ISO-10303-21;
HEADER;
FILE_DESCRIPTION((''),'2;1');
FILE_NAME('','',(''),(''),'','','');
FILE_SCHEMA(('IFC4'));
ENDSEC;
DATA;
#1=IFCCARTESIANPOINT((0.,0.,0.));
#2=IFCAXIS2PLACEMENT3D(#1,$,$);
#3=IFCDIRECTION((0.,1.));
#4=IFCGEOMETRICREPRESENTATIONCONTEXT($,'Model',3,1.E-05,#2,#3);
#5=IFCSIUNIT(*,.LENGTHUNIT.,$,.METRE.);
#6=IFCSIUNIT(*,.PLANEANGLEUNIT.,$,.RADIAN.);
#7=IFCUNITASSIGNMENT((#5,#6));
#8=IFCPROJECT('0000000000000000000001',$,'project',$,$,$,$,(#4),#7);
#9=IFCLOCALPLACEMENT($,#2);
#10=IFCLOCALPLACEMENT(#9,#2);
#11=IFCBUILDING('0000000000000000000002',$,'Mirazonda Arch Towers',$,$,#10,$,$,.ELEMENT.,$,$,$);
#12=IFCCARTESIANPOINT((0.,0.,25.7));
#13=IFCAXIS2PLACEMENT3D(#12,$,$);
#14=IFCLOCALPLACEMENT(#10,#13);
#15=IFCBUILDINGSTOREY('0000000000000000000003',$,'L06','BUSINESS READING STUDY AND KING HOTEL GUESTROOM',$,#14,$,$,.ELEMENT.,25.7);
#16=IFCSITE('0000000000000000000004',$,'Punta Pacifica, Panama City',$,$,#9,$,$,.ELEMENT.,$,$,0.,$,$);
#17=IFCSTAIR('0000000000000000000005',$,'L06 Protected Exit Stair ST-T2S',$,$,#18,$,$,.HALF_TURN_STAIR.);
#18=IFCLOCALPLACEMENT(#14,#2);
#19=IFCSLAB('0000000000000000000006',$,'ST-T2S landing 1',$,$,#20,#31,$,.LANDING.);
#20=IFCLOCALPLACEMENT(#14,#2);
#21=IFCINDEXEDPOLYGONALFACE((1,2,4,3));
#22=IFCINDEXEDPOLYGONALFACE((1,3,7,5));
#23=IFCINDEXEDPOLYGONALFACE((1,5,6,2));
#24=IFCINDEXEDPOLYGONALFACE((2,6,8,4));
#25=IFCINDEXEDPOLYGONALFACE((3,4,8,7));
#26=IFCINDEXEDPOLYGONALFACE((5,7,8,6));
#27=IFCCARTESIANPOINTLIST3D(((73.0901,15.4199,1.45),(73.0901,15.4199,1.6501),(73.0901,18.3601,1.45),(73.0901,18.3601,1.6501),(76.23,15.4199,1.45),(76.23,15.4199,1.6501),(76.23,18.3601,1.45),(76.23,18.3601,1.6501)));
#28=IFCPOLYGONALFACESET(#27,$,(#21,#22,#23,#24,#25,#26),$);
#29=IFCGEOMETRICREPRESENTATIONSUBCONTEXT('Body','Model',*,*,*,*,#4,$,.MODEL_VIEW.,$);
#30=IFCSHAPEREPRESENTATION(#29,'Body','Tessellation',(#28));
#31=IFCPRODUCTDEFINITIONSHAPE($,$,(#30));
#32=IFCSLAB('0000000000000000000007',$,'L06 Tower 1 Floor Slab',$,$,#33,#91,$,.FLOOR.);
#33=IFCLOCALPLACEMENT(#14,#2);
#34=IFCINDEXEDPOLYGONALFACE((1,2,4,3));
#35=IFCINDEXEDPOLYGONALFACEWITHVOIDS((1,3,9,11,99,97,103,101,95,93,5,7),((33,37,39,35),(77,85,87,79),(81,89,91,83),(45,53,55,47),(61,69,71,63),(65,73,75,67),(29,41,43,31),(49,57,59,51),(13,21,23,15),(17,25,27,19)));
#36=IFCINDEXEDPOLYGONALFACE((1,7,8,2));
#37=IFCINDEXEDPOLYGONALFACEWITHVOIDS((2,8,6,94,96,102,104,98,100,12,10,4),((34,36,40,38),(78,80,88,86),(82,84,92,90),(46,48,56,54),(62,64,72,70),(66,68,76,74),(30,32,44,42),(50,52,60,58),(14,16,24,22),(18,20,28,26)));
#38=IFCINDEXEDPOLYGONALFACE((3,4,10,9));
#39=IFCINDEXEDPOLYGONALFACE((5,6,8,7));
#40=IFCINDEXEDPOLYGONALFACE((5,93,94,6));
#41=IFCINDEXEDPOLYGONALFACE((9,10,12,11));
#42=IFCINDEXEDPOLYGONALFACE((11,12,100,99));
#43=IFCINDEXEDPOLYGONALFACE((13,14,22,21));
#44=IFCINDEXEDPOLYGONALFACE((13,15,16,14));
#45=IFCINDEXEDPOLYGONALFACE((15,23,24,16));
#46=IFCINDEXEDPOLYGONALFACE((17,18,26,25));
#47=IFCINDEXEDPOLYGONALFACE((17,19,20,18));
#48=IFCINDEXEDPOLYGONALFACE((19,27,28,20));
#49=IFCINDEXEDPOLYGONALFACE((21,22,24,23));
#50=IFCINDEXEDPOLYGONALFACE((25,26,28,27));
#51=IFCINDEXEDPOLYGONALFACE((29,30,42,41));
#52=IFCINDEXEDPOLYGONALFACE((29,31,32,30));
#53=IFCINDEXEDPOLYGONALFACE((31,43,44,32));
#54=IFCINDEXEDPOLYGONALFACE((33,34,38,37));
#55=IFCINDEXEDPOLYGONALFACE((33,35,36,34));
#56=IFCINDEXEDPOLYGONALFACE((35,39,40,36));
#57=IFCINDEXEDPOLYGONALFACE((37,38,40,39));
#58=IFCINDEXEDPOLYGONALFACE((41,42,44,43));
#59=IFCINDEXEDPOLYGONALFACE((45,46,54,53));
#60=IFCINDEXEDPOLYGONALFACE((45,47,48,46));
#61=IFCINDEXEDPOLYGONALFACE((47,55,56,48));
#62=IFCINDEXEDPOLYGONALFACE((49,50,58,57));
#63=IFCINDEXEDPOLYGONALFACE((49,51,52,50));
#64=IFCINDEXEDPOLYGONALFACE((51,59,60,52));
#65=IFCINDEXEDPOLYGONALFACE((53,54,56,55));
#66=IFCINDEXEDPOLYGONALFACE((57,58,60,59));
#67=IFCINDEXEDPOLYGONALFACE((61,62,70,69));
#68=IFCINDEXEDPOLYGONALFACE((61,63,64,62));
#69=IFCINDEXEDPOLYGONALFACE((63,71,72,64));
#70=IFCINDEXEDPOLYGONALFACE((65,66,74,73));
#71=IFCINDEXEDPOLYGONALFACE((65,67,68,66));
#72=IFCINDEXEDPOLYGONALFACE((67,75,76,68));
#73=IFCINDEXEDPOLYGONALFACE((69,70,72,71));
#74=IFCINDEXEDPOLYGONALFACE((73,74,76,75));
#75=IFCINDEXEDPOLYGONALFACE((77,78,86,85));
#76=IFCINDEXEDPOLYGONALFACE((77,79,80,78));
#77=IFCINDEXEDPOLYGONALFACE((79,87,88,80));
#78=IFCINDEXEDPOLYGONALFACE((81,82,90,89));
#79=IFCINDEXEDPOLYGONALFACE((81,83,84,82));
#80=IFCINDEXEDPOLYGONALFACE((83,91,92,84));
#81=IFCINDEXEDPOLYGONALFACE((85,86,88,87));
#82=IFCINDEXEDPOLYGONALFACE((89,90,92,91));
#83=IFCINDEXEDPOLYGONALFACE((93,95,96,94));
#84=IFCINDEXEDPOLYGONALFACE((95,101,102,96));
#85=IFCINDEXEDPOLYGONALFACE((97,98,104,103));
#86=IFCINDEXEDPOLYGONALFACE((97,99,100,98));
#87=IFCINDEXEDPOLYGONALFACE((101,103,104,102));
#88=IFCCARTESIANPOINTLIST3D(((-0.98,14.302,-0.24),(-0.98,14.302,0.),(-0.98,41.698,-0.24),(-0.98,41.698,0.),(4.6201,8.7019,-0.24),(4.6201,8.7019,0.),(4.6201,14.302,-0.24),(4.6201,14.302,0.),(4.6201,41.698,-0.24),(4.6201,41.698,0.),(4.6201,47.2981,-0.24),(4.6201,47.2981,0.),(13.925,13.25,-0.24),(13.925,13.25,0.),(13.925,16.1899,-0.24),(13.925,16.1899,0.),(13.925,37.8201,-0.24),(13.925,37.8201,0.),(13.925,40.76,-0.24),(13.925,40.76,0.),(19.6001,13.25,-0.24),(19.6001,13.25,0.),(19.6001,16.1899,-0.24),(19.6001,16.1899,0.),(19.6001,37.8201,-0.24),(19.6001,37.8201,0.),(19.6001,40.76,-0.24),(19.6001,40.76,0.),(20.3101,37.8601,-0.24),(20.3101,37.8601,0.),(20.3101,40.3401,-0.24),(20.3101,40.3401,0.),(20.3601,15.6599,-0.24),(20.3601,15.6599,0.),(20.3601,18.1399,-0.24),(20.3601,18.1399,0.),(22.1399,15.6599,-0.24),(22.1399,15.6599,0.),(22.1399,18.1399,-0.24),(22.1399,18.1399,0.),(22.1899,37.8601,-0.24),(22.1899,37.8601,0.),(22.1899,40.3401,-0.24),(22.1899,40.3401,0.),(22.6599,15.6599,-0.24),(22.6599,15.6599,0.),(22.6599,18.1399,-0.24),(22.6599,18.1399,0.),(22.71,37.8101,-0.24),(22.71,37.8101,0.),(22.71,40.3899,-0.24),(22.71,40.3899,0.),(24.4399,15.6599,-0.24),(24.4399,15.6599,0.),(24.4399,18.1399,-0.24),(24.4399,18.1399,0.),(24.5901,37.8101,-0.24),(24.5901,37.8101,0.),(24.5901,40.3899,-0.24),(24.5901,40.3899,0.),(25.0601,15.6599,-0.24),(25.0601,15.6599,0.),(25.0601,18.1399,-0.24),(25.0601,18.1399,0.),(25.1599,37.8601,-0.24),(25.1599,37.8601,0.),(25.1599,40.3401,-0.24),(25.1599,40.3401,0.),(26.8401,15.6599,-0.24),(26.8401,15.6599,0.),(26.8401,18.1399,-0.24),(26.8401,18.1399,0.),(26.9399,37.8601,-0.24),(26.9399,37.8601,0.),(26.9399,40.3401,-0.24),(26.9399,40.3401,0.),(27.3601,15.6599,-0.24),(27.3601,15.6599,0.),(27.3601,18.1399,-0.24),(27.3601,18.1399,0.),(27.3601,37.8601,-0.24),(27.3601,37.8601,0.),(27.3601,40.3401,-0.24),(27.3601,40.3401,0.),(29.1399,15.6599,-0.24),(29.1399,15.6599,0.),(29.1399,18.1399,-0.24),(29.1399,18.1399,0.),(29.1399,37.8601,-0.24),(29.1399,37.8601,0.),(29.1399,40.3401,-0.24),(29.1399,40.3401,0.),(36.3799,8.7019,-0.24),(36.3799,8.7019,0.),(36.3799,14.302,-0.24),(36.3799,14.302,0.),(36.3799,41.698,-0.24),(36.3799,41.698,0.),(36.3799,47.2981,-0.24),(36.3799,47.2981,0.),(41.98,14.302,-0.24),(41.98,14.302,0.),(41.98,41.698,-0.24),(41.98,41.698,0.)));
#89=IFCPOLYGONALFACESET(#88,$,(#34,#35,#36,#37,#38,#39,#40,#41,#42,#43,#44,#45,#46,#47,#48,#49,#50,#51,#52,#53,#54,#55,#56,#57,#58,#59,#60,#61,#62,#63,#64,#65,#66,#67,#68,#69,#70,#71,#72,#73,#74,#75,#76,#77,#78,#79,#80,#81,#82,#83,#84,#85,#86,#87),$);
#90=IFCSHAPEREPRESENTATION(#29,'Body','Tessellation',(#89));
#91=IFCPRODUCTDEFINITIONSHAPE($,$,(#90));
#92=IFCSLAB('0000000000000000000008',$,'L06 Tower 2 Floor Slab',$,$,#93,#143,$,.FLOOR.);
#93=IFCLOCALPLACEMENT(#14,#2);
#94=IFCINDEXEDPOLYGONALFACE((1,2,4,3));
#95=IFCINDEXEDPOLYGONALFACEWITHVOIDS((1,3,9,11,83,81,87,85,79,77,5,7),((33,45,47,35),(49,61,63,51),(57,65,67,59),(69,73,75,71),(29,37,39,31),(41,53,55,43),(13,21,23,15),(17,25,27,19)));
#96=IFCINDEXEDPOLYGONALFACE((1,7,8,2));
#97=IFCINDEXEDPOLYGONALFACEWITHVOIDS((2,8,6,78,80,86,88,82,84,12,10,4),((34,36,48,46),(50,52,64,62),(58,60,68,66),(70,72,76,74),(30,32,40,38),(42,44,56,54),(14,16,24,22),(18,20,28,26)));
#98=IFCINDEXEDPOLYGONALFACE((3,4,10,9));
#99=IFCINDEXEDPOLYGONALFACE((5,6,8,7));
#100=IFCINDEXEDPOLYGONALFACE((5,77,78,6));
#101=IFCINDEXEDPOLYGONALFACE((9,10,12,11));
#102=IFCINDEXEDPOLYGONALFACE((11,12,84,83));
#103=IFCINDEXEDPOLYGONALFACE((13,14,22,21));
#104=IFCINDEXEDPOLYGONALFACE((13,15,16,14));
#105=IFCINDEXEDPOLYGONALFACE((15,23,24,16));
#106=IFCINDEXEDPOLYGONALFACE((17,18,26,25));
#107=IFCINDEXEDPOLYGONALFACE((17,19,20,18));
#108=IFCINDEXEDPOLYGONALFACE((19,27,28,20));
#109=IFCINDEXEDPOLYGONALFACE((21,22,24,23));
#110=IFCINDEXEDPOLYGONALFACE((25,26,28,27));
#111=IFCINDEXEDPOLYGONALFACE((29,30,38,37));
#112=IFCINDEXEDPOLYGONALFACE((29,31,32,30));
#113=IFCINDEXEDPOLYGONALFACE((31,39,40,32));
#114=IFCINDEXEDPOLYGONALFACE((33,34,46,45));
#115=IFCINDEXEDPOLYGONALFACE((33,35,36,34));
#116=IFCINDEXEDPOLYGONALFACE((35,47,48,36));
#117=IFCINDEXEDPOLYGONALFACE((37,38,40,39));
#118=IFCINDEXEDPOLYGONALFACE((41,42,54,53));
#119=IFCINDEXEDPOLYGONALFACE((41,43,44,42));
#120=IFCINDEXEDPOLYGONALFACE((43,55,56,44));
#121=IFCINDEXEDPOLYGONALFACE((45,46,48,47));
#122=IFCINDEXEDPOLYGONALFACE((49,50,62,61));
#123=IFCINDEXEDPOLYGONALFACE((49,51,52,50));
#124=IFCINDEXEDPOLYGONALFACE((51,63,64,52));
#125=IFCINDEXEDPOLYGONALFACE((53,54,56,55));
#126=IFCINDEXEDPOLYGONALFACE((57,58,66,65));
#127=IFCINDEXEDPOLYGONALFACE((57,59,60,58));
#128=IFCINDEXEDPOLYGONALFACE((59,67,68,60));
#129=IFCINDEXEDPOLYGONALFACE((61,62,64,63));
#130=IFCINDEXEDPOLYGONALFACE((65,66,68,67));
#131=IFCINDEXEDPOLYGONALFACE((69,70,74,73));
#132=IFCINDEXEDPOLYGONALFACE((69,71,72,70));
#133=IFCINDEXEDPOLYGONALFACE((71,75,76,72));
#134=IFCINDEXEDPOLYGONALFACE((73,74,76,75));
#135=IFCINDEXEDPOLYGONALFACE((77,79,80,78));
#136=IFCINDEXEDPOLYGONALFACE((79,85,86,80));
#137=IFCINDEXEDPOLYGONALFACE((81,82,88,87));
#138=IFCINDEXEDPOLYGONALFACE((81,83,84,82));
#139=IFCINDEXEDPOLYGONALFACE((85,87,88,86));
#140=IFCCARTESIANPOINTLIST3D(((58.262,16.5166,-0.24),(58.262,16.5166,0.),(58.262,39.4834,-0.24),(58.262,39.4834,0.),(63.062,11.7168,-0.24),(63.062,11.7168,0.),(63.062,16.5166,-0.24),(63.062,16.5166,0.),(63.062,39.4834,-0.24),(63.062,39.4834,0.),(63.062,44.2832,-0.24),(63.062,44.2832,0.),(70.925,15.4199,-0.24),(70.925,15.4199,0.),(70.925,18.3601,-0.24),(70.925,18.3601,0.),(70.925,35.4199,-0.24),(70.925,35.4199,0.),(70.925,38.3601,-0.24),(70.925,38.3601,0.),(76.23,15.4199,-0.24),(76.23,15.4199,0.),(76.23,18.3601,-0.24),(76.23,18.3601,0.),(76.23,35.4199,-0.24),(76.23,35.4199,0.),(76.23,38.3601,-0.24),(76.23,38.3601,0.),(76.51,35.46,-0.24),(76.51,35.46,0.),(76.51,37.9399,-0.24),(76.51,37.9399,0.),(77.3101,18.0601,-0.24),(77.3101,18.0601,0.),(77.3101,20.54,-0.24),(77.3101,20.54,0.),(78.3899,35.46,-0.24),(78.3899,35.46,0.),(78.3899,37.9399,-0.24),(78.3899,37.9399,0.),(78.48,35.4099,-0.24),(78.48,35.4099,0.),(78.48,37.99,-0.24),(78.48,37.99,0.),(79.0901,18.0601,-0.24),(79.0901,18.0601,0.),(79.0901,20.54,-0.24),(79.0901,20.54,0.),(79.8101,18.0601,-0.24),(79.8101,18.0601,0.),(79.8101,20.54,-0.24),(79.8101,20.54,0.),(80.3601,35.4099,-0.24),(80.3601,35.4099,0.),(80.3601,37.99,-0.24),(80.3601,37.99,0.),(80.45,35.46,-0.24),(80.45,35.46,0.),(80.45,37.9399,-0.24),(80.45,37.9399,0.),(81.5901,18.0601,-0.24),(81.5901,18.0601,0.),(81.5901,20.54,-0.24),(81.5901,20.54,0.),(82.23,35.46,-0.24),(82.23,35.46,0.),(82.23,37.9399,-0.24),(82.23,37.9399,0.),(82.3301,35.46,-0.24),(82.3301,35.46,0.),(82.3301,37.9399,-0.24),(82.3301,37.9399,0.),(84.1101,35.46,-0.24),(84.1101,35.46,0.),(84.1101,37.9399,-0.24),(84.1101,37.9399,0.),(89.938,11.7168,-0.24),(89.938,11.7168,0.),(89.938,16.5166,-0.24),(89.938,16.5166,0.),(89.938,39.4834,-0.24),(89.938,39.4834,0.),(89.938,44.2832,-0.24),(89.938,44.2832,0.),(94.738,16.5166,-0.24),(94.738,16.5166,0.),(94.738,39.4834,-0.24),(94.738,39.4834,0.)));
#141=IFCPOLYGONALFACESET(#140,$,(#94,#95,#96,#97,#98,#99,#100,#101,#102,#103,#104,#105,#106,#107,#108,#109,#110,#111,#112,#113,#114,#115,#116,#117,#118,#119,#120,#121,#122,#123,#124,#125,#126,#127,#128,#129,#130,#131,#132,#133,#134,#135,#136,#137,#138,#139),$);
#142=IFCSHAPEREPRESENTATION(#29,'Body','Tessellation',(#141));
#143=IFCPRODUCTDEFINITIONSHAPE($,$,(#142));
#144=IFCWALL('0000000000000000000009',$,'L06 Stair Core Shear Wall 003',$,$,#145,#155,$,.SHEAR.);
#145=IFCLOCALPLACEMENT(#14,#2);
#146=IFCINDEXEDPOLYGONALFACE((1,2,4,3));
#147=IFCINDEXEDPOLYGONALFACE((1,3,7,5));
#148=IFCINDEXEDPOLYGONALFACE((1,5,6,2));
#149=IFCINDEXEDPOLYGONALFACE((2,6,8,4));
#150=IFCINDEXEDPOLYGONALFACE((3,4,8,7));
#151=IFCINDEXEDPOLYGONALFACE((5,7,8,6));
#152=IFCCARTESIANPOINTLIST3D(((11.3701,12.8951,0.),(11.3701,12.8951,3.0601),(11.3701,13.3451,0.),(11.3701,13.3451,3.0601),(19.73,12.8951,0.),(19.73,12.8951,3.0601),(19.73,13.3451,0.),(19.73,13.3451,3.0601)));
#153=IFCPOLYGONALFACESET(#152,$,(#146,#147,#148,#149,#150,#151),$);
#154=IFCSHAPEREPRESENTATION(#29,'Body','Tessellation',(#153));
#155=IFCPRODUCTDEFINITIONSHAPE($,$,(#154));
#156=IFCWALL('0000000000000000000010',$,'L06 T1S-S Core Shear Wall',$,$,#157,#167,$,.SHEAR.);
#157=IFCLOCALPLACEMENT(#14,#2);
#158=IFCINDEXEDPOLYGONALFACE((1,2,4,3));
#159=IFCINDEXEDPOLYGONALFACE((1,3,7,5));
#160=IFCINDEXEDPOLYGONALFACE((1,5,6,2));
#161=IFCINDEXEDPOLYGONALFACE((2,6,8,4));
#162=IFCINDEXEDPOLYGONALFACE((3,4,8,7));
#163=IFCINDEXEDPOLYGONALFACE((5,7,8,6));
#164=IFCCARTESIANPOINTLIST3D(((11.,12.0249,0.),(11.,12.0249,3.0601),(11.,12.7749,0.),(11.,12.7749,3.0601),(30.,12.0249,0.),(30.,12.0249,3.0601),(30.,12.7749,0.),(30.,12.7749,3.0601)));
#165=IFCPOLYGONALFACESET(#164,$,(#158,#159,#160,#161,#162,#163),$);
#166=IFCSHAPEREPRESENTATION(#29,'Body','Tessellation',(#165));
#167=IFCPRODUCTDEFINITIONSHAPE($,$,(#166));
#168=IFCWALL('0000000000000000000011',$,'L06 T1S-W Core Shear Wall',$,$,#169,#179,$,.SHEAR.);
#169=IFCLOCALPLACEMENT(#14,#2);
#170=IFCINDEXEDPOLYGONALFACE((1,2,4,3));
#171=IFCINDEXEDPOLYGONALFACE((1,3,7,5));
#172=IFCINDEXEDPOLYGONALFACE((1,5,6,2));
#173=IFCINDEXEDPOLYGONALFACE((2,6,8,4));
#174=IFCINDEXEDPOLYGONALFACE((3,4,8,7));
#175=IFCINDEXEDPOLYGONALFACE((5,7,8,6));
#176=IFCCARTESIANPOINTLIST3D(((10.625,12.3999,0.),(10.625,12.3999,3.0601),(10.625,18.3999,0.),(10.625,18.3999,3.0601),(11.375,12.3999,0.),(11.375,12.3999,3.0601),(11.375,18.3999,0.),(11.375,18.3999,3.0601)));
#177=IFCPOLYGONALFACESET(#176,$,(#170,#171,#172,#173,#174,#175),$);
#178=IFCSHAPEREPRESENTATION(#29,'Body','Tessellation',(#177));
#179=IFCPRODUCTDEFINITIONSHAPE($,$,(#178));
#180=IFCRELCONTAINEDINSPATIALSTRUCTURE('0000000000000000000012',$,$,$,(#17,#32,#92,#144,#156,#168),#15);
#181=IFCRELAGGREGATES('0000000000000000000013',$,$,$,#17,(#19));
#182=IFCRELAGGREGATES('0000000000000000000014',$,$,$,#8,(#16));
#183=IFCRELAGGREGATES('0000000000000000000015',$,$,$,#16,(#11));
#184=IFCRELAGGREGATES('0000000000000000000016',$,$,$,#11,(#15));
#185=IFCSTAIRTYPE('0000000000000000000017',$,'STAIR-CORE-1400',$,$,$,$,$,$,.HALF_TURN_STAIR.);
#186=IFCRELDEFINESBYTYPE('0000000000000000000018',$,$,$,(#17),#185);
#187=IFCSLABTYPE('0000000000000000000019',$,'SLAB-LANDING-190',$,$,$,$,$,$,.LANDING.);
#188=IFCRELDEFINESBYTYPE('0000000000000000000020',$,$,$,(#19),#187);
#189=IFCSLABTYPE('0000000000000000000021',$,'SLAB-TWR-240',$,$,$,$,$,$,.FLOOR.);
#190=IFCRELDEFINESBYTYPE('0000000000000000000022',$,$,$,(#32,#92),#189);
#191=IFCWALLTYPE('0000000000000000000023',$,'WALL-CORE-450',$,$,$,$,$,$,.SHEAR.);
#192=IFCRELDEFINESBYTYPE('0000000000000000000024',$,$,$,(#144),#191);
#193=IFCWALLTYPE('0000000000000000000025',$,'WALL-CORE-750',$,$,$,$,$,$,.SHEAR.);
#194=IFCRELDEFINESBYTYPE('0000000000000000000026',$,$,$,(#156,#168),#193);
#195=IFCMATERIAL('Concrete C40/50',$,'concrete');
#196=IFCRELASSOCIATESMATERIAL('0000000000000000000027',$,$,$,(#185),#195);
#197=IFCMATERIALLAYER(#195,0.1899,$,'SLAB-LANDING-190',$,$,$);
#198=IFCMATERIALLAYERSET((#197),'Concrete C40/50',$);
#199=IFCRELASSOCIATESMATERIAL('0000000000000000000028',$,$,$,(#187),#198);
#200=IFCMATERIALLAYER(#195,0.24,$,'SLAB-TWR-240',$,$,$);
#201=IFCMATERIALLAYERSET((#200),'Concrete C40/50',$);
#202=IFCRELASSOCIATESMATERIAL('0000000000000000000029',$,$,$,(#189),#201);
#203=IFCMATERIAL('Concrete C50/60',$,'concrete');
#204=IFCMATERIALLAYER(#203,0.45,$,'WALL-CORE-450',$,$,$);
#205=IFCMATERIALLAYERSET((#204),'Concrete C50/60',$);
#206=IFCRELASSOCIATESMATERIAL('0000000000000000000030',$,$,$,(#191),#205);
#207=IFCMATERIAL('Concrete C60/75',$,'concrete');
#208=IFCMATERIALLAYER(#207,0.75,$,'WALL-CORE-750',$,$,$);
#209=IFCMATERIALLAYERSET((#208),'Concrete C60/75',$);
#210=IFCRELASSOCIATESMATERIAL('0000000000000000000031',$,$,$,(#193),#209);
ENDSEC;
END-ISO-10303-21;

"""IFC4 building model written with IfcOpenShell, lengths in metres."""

from ifc_helpers import new_model, si_unit, direction, frame, frame_2d, origin, place, context, subcontext, project, spatial, polyline, rectangle, outline, extrude, material, layer, layer_set, type_object, element, aggregate, save


model = new_model("IFC4")

# Units and contexts
model_context = context("Model", 3, precision=1e-05, world=origin(), true_north=direction((0.0, 1.0)))
body_context = subcontext(model_context, "Body", "Model", "MODEL_VIEW")
ifc_project = project(units=[si_unit("LENGTHUNIT", "METRE"), si_unit("PLANEANGLEUNIT", "RADIAN")], contexts=[model_context])

# Site, building, storey
site_placement = place(None, origin())
site = spatial("IfcSite", under=ifc_project, at=site_placement, Name="Punta Pacifica, Panama City", CompositionType="ELEMENT", RefElevation=0.0)
building_placement = place(site_placement, origin())
building = spatial("IfcBuilding", under=site, at=building_placement, Name="Mirazonda Arch Towers", CompositionType="ELEMENT")
storey_placement = place(building_placement, frame((0.0, 0.0, 25.7)))
storey = spatial("IfcBuildingStorey", under=building, at=storey_placement, Name="L06", Description="BUSINESS READING STUDY AND KING HOTEL GUESTROOM", CompositionType="ELEMENT", Elevation=25.7)

# Shared definitions
ifc_material_1 = material(Name="Concrete C60/75", Category="concrete")

# Stair, slab
ifc_material_2 = material(Name="Concrete C40/50", Category="concrete")
stair_type = type_object("IfcStairType", Name="STAIR-CORE-1400", PredefinedType="HALF_TURN_STAIR", material=ifc_material_2)
ifc_layer_1 = layer(ifc_material_2, 0.1899, Name="SLAB-LANDING-190")
ifc_layer_set_1 = layer_set([ifc_layer_1], Name="Concrete C40/50")
slab_type_1 = type_object("IfcSlabType", Name="SLAB-LANDING-190", PredefinedType="LANDING", material=ifc_layer_set_1)
stair_1_placement = place(storey_placement, origin())
stair_1 = element("IfcStair", 1, at=stair_1_placement, inside=storey, type_object=stair_type, Name="L06 Protected Exit Stair ST-T2S", PredefinedType="HALF_TURN_STAIR")
slab_1_placement = place(storey_placement, frame((0.0, 0.0, 1.45)))
slab_1 = element("IfcSlab", 2, at=slab_1_placement, type_object=slab_type_1, Name="ST-T2S landing 1", PredefinedType="LANDING", context=body_context, shape_type="SweptSolid", body=[
    extrude(outline(polyline([(73.0901, 15.4199), (76.23, 15.4199), (76.23, 18.3601), (73.0901, 18.3601), (73.0901, 15.4199)])), origin(), (0.0, 0.0, 1.0), 0.2002),
])
aggregate(stair_1, [slab_1])

# Slabs
ifc_layer_2 = layer(ifc_material_2, 0.24, Name="SLAB-TWR-240")
ifc_layer_set_2 = layer_set([ifc_layer_2], Name="Concrete C40/50")
slab_type_2 = type_object("IfcSlabType", Name="SLAB-TWR-240", PredefinedType="FLOOR", material=ifc_layer_set_2)
slab_2_placement = place(storey_placement, frame((0.0, 0.0, -0.24)))
element("IfcSlab", 3, at=slab_2_placement, inside=storey, type_object=slab_type_2, Name="L06 Tower 1 Floor Slab", PredefinedType="FLOOR", context=body_context, shape_type="SweptSolid", body=[
    extrude(outline(polyline([(4.6201, 8.7019), (36.3799, 8.7019), (36.3799, 14.302), (41.98, 14.302), (41.98, 41.698), (36.3799, 41.698), (36.3799, 47.2981), (4.6201, 47.2981), (4.6201, 41.698), (-0.98, 41.698), (-0.98, 14.302), (4.6201, 14.302), (4.6201, 8.7019)]), holes=[polyline([(29.1399, 18.1399), (29.1399, 15.6599), (27.3601, 15.6599), (27.3601, 18.1399), (29.1399, 18.1399)]), polyline([(29.1399, 40.3401), (29.1399, 37.8601), (27.3601, 37.8601), (27.3601, 40.3401), (29.1399, 40.3401)]), polyline([(25.1599, 40.3401), (26.9399, 40.3401), (26.9399, 37.8601), (25.1599, 37.8601), (25.1599, 40.3401)]), polyline([(26.8401, 18.1399), (26.8401, 15.6599), (25.0601, 15.6599), (25.0601, 18.1399), (26.8401, 18.1399)]), polyline([(22.71, 40.3899), (24.5901, 40.3899), (24.5901, 37.8101), (22.71, 37.8101), (22.71, 40.3899)]), polyline([(22.6599, 18.1399), (24.4399, 18.1399), (24.4399, 15.6599), (22.6599, 15.6599), (22.6599, 18.1399)]), polyline([(20.3101, 40.3401), (22.1899, 40.3401), (22.1899, 37.8601), (20.3101, 37.8601), (20.3101, 40.3401)]), polyline([(20.3601, 18.1399), (22.1399, 18.1399), (22.1399, 15.6599), (20.3601, 15.6599), (20.3601, 18.1399)]), polyline([(13.925, 40.76), (19.6001, 40.76), (19.6001, 37.8201), (13.925, 37.8201), (13.925, 40.76)]), polyline([(13.925, 13.25), (13.925, 16.1899), (19.6001, 16.1899), (19.6001, 13.25), (13.925, 13.25)])]), origin(), (0.0, 0.0, 1.0), 0.24),
])
slab_3_placement = place(storey_placement, frame((0.0, 0.0, -0.24)))
element("IfcSlab", 4, at=slab_3_placement, inside=storey, type_object=slab_type_2, Name="L06 Tower 2 Floor Slab", PredefinedType="FLOOR", context=body_context, shape_type="SweptSolid", body=[
    extrude(outline(polyline([(63.062, 11.7168), (89.938, 11.7168), (89.938, 16.5166), (94.738, 16.5166), (94.738, 39.4834), (89.938, 39.4834), (89.938, 44.2832), (63.062, 44.2832), (63.062, 39.4834), (58.262, 39.4834), (58.262, 16.5166), (63.062, 16.5166), (63.062, 11.7168)]), holes=[polyline([(82.3301, 37.9399), (84.1101, 37.9399), (84.1101, 35.46), (82.3301, 35.46), (82.3301, 37.9399)]), polyline([(80.45, 37.9399), (82.23, 37.9399), (82.23, 35.46), (80.45, 35.46), (80.45, 37.9399)]), polyline([(79.8101, 20.54), (81.5901, 20.54), (81.5901, 18.0601), (79.8101, 18.0601), (79.8101, 20.54)]), polyline([(78.48, 37.99), (80.3601, 37.99), (80.3601, 35.4099), (78.48, 35.4099), (78.48, 37.99)]), polyline([(77.3101, 20.54), (79.0901, 20.54), (79.0901, 18.0601), (77.3101, 18.0601), (77.3101, 20.54)]), polyline([(76.51, 37.9399), (78.3899, 37.9399), (78.3899, 35.46), (76.51, 35.46), (76.51, 37.9399)]), polyline([(70.925, 15.4199), (70.925, 18.3601), (76.23, 18.3601), (76.23, 15.4199), (70.925, 15.4199)]), polyline([(70.925, 35.4199), (70.925, 38.3601), (76.23, 38.3601), (76.23, 35.4199), (70.925, 35.4199)])]), origin(), (0.0, 0.0, 1.0), 0.24),
])

# Walls
ifc_material_3 = material(Name="Concrete C50/60", Category="concrete")
ifc_layer_3 = layer(ifc_material_3, 0.45, Name="WALL-CORE-450")
ifc_layer_set_3 = layer_set([ifc_layer_3], Name="Concrete C50/60")
wall_type_1 = type_object("IfcWallType", Name="WALL-CORE-450", PredefinedType="SHEAR", material=ifc_layer_set_3)
wall_1_placement = place(storey_placement, frame((11.3701, 13.1201, 0.0), z_axis=(0.0, 0.0, 1.0), x_axis=(1.0, 0.0, 0.0)))
element("IfcWall", 5, at=wall_1_placement, inside=storey, type_object=wall_type_1, Name="L06 Stair Core Shear Wall 003", PredefinedType="SHEAR", context=body_context, shape_type="SweptSolid", body=[
    extrude(rectangle(XDim=8.3599, YDim=0.45, at=frame_2d((4.1799, 0.0))), origin(), (0.0, 0.0, 1.0), 3.0601),
])
ifc_layer_4 = layer(ifc_material_1, 0.75, Name="WALL-CORE-750")
ifc_layer_set_4 = layer_set([ifc_layer_4], Name="Concrete C60/75")
wall_type_2 = type_object("IfcWallType", Name="WALL-CORE-750", PredefinedType="SHEAR", material=ifc_layer_set_4)
wall_2_placement = place(storey_placement, frame((11.0, 12.3999, 0.0), z_axis=(0.0, 0.0, 1.0), x_axis=(1.0, 0.0, 0.0)))
element("IfcWall", 6, at=wall_2_placement, inside=storey, type_object=wall_type_2, Name="L06 T1S-S Core Shear Wall", PredefinedType="SHEAR", context=body_context, shape_type="SweptSolid", body=[
    extrude(rectangle(XDim=19.0, YDim=0.75, at=frame_2d((9.5, 0.0))), origin(), (0.0, 0.0, 1.0), 3.0601),
])
wall_3_placement = place(storey_placement, frame((11.0, 12.3999, 0.0), z_axis=(0.0, 0.0, 1.0), x_axis=(0.0, 1.0, 0.0)))
element("IfcWall", 7, at=wall_3_placement, inside=storey, type_object=wall_type_2, Name="L06 T1S-W Core Shear Wall", PredefinedType="SHEAR", context=body_context, shape_type="SweptSolid", body=[
    extrude(rectangle(XDim=6.0, YDim=0.75, at=frame_2d((3.0, 0.0))), origin(), (0.0, 0.0, 1.0), 3.0601),
])

save(model, "model.ifc")
